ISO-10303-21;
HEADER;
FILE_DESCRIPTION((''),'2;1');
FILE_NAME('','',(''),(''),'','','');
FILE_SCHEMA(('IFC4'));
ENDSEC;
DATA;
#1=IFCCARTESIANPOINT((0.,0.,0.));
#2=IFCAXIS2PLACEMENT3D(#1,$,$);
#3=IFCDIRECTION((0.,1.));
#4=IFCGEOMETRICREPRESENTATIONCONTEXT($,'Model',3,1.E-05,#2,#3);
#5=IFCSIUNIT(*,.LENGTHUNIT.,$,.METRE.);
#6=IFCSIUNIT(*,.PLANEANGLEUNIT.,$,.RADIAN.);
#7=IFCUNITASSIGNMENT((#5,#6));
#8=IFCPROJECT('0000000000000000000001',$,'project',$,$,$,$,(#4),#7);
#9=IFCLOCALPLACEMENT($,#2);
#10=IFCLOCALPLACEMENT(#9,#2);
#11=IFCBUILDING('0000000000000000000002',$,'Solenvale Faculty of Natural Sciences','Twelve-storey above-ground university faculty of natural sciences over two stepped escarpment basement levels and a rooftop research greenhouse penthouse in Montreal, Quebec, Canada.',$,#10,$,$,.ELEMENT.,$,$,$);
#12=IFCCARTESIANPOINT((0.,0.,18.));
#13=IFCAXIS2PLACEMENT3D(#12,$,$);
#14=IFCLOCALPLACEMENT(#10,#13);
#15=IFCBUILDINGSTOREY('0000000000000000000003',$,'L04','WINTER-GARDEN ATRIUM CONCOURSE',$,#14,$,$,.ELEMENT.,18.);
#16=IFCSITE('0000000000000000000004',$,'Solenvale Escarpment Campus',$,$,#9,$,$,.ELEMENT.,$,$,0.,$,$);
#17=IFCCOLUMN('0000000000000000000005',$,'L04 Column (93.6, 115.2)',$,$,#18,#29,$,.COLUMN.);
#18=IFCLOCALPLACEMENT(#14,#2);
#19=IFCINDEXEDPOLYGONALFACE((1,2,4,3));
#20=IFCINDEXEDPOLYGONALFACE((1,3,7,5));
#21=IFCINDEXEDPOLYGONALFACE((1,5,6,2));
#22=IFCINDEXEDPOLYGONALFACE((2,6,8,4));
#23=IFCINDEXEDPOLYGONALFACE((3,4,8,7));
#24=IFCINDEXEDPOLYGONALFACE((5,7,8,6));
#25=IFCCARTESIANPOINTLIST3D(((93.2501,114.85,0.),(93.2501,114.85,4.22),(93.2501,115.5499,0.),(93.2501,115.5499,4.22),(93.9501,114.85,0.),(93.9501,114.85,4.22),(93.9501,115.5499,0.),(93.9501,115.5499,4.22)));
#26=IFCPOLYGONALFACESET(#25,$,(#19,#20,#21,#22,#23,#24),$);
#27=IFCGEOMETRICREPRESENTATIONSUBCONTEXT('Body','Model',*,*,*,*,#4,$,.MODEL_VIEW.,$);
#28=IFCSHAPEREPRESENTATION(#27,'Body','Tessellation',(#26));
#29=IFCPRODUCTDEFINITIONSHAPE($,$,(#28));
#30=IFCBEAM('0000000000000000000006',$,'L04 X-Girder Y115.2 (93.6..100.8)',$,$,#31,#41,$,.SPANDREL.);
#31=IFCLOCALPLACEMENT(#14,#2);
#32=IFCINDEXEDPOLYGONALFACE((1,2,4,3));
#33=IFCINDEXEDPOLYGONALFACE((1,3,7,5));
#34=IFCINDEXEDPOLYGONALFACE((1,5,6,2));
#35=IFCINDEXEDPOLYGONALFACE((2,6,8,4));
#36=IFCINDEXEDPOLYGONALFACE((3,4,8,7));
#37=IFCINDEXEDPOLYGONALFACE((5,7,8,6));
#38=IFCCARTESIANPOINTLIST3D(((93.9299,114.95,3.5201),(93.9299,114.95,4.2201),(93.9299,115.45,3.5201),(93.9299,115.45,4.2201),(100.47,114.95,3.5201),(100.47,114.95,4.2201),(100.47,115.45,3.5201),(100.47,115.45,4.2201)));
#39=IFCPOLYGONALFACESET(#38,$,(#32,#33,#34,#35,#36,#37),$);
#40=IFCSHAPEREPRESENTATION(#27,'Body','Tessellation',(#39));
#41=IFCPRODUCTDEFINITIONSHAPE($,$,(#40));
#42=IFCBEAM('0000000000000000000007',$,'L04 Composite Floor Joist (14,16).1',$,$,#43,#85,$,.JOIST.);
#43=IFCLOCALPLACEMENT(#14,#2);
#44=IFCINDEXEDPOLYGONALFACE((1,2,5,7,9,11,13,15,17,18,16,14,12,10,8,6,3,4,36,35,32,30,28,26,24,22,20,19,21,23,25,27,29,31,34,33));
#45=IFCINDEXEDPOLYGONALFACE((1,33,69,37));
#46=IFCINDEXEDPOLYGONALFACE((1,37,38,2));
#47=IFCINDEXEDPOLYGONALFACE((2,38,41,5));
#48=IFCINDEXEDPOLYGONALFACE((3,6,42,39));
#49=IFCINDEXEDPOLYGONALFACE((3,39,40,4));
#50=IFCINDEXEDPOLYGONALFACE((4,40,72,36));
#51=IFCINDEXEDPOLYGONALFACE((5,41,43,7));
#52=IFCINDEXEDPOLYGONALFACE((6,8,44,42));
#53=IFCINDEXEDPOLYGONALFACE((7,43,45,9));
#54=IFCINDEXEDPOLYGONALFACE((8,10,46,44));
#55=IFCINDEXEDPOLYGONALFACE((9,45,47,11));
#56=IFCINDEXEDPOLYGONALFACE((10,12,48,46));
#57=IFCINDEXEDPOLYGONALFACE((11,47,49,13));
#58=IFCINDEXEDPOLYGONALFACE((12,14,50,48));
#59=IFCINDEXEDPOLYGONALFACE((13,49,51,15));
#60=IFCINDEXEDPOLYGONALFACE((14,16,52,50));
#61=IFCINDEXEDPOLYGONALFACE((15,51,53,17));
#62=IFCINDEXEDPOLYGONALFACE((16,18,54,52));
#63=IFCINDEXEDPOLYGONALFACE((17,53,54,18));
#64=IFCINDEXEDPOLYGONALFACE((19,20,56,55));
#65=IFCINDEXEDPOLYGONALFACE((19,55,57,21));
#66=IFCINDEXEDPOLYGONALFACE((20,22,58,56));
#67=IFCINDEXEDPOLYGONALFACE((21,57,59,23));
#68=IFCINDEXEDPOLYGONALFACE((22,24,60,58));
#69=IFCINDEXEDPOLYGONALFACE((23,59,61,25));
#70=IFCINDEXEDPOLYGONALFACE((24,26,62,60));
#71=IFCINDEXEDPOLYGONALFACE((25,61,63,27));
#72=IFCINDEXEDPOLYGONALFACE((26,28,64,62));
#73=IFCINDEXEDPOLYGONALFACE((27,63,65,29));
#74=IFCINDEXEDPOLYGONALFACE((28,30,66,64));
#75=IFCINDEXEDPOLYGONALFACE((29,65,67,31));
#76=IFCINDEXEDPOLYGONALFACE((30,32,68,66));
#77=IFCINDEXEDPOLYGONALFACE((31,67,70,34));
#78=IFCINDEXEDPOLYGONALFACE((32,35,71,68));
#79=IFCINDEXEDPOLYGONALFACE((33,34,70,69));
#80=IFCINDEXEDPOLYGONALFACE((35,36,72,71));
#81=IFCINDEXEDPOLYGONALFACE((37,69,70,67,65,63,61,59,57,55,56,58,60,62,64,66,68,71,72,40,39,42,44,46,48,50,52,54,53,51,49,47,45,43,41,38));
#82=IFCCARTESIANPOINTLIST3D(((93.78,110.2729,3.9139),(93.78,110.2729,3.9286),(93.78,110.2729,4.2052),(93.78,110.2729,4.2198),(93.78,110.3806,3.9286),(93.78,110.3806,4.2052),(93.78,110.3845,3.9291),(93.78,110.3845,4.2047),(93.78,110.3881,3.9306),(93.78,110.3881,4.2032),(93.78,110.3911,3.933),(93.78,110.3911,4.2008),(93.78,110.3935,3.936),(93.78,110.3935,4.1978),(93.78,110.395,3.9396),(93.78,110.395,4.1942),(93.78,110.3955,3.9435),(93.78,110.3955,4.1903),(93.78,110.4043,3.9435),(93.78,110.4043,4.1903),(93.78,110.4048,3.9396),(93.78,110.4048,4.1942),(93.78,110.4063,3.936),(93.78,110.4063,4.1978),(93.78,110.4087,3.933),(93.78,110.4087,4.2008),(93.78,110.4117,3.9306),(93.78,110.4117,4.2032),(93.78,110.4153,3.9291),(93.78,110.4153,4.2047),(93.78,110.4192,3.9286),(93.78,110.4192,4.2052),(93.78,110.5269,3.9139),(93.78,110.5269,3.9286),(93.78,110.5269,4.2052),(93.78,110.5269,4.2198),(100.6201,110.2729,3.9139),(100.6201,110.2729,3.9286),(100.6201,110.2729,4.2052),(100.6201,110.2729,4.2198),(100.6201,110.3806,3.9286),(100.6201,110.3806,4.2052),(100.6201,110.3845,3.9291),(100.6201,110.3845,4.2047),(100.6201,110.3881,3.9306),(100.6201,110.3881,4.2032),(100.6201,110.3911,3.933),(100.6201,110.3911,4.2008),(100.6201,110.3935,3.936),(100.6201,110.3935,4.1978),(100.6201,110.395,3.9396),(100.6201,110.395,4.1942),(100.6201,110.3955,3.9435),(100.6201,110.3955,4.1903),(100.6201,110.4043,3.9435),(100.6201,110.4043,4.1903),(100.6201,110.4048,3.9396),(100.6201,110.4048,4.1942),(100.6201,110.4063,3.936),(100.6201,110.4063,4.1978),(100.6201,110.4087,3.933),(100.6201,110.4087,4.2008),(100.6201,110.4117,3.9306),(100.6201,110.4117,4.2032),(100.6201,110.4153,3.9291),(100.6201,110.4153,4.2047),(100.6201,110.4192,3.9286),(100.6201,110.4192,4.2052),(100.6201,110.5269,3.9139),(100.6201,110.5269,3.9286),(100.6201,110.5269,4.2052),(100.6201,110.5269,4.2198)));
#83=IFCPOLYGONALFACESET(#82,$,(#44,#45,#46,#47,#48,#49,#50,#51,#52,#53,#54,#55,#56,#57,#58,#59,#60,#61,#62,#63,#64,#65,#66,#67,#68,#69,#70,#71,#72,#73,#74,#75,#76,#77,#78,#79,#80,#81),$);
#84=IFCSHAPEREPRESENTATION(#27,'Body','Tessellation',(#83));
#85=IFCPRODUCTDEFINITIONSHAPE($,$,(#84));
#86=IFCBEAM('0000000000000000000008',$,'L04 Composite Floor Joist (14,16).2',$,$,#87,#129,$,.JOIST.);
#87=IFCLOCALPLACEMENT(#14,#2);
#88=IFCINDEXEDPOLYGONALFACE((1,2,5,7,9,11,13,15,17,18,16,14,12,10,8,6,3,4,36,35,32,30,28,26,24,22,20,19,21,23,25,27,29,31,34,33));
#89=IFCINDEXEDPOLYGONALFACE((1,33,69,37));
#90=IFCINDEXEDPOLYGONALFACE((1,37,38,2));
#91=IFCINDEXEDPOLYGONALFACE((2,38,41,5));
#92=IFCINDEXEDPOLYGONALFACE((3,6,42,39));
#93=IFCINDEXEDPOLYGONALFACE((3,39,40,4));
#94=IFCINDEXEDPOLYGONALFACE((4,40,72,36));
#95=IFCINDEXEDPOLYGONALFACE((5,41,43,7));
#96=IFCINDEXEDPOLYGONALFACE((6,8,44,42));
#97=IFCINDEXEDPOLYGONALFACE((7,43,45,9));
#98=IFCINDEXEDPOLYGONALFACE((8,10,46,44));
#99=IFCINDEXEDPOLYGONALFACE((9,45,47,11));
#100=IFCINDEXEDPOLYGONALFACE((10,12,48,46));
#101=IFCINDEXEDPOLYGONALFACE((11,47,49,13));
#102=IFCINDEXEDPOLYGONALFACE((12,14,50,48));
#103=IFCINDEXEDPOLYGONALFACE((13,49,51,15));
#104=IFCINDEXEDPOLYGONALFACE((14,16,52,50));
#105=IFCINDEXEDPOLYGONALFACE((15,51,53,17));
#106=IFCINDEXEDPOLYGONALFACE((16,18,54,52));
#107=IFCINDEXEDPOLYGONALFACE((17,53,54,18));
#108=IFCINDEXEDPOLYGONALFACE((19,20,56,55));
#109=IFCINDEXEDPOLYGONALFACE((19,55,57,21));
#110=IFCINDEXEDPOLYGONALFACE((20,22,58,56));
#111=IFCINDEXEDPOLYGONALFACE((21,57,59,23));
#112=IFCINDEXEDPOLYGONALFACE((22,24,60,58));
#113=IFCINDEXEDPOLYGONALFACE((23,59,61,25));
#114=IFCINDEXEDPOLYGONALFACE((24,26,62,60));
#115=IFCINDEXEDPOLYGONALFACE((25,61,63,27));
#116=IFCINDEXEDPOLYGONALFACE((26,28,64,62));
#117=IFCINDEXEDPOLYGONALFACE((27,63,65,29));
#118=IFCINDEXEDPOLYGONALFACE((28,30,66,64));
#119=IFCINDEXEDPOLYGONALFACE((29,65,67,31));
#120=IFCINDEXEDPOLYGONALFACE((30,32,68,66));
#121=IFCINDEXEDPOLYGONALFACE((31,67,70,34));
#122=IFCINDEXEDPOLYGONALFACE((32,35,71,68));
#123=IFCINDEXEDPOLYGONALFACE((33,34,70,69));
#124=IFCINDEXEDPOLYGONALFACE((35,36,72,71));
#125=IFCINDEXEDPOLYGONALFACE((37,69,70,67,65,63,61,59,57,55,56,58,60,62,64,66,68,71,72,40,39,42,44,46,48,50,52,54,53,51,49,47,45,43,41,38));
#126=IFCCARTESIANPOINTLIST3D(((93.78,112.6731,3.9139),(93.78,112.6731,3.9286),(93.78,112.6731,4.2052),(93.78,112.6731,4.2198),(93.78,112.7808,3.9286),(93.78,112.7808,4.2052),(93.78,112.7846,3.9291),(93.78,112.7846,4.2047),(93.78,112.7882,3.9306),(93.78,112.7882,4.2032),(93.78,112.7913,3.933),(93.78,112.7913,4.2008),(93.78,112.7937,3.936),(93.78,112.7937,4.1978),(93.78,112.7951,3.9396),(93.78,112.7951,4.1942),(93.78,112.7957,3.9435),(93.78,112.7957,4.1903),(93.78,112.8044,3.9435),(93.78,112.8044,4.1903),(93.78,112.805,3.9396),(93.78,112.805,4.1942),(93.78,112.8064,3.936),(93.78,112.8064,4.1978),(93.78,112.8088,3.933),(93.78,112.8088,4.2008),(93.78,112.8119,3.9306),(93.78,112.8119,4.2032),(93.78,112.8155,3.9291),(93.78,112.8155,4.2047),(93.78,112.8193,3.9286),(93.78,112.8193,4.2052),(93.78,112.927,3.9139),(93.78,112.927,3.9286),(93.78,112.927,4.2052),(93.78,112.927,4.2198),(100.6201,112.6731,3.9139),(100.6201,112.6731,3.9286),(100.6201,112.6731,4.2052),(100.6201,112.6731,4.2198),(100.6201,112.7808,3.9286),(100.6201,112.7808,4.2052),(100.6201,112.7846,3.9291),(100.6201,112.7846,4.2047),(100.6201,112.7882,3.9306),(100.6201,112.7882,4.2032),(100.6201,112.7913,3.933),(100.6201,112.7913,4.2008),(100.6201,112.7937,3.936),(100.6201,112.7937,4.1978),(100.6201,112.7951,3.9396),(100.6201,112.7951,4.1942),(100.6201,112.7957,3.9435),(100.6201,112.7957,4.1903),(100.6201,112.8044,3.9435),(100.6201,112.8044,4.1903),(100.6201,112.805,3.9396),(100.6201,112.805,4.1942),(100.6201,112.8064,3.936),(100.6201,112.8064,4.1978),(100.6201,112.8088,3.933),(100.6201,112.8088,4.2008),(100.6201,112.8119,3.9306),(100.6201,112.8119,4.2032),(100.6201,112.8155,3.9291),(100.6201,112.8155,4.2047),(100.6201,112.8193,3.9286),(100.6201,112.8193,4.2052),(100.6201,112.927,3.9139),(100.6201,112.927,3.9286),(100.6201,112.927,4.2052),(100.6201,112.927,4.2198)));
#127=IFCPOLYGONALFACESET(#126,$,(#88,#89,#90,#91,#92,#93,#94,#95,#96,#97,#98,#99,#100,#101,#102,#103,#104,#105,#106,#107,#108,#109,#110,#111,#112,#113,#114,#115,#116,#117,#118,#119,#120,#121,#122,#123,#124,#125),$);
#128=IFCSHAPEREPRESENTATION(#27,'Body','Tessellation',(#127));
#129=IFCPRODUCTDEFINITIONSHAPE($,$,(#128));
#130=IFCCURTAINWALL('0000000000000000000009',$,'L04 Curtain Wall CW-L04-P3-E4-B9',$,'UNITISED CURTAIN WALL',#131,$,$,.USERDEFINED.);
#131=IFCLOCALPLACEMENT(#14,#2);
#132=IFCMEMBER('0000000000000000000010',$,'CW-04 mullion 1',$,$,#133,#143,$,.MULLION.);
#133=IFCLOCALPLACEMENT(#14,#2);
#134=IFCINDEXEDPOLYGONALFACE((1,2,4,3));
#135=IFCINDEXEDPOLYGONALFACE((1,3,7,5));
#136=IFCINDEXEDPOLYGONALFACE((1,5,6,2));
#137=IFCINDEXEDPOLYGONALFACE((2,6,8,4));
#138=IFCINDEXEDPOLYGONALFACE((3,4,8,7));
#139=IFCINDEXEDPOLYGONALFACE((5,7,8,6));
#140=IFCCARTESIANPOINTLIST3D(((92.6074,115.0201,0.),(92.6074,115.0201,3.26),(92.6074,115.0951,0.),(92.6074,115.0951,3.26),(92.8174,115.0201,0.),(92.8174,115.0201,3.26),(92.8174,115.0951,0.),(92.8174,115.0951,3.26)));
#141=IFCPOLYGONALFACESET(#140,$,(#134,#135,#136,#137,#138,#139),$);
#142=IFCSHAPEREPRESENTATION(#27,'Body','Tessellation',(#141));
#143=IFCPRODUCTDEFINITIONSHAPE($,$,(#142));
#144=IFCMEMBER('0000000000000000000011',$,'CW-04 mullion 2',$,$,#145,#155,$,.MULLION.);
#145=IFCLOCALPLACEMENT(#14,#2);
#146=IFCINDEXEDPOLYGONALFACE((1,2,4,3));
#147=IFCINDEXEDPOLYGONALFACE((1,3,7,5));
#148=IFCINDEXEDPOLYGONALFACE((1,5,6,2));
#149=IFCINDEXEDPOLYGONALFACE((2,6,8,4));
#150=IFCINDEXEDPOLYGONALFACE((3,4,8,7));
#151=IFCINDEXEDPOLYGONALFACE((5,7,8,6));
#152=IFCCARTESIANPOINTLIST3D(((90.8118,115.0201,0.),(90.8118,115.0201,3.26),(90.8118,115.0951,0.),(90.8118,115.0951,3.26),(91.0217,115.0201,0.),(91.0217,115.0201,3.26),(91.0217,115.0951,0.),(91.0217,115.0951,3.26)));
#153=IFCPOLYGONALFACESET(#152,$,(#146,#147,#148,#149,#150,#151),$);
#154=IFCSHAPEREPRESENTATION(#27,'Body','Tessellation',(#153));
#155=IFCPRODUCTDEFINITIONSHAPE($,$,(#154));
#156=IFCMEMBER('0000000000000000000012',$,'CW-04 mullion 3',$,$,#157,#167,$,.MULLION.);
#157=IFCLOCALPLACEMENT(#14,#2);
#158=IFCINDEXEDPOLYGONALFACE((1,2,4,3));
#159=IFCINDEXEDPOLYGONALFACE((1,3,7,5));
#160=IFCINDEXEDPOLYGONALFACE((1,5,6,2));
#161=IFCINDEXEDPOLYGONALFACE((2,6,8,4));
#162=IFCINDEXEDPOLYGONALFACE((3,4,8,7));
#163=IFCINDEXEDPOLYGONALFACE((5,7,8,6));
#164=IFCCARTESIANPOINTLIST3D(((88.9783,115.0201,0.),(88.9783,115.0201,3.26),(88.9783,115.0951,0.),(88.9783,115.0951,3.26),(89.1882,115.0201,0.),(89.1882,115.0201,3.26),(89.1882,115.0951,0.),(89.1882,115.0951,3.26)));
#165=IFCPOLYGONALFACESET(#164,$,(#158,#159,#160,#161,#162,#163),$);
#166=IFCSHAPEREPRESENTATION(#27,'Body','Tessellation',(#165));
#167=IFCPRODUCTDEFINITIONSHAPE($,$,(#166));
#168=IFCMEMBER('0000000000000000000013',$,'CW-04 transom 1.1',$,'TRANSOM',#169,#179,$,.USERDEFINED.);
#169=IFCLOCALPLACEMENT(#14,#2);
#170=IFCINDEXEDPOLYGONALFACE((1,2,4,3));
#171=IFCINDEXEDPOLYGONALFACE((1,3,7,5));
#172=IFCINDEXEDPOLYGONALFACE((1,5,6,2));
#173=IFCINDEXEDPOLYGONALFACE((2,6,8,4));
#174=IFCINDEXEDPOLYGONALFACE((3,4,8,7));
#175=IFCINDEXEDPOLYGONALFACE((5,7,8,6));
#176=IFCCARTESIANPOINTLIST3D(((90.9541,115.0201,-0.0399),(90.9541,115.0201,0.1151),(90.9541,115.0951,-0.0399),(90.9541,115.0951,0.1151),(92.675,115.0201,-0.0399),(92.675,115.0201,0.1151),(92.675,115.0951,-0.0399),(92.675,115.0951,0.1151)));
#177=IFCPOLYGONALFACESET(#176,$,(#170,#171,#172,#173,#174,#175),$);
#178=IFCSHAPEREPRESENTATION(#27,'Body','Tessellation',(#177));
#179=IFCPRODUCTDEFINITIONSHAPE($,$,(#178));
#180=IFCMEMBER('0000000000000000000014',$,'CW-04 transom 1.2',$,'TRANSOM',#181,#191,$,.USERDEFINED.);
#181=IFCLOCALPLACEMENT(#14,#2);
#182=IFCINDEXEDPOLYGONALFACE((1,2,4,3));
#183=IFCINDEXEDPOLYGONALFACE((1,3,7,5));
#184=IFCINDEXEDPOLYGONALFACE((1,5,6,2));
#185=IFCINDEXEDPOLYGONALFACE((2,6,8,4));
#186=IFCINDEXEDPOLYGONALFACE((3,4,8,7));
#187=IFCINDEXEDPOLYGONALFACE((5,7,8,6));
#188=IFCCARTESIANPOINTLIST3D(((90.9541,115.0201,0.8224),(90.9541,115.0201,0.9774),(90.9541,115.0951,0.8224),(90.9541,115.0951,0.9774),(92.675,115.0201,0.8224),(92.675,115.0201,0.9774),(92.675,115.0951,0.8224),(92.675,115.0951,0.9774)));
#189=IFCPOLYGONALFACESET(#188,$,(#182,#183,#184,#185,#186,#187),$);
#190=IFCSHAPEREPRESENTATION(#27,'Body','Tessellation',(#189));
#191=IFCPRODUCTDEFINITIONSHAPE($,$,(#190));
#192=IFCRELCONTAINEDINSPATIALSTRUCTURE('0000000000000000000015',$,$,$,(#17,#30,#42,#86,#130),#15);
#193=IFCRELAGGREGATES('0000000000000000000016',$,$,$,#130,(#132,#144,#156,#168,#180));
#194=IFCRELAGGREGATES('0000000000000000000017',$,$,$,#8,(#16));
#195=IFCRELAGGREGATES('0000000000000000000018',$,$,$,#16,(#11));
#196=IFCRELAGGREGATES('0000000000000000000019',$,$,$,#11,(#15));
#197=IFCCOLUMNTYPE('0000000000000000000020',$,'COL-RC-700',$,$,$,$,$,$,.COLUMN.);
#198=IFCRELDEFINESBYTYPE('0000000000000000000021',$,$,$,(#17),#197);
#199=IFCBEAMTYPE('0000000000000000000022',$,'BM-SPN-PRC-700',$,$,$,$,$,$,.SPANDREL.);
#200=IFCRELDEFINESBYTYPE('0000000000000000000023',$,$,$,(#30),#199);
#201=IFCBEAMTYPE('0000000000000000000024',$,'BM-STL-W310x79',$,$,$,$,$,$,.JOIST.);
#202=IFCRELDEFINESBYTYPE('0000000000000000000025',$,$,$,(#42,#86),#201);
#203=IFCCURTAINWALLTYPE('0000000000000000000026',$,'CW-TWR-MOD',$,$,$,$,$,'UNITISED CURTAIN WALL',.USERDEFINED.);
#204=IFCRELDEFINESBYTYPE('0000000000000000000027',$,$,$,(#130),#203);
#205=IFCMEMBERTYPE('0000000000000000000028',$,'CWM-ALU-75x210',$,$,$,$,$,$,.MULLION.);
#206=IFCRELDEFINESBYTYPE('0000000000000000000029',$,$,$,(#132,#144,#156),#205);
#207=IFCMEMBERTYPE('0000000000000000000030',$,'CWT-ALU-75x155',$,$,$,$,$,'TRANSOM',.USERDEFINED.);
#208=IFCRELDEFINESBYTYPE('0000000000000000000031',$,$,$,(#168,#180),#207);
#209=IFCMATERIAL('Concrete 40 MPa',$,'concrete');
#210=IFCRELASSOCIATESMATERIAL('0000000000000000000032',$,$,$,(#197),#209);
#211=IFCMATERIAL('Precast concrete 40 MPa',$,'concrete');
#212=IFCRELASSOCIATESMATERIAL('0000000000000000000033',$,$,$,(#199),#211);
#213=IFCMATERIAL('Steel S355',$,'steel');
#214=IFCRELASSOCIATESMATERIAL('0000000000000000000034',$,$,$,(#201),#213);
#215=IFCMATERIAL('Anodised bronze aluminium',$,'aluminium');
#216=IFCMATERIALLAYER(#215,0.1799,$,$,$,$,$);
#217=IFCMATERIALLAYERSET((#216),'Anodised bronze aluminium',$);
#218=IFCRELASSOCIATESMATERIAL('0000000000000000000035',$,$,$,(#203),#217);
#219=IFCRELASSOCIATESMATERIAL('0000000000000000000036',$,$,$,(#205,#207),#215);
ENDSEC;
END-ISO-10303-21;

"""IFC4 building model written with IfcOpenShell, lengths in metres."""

from ifc_helpers import new_model, si_unit, direction, frame, origin, origin_2d, place, context, subcontext, project, spatial, rectangle, i_section, extrude, material, layer, layer_set, material_profile, profile_set, type_object, element, aggregate, save


model = new_model("IFC4")

# Units and contexts
model_context = context("Model", 3, precision=1e-05, world=origin(), true_north=direction((0.0, 1.0)))
body_context = subcontext(model_context, "Body", "Model", "MODEL_VIEW")
ifc_project = project(units=[si_unit("LENGTHUNIT", "METRE"), si_unit("PLANEANGLEUNIT", "RADIAN")], contexts=[model_context])

# Site, building, storey
site_placement = place(None, origin())
site = spatial("IfcSite", under=ifc_project, at=site_placement, Name="Solenvale Escarpment Campus", CompositionType="ELEMENT", RefElevation=0.0)
building_placement = place(site_placement, origin())
building = spatial("IfcBuilding", under=site, at=building_placement, Name="Solenvale Faculty of Natural Sciences", Description="Twelve-storey above-ground university faculty of natural sciences over two stepped escarpment basement levels and a rooftop research greenhouse penthouse in Montreal, Quebec, Canada.", CompositionType="ELEMENT")
storey_placement = place(building_placement, frame((0.0, 0.0, 18.0)))
storey = spatial("IfcBuildingStorey", under=building, at=storey_placement, Name="L04", Description="WINTER-GARDEN ATRIUM CONCOURSE", CompositionType="ELEMENT", Elevation=18.0)

# Column
ifc_material_1 = material(Name="Concrete 40 MPa", Category="concrete")
ifc_material_profile_1 = material_profile(ifc_material_1, rectangle(XDim=0.7, YDim=0.7, at=origin_2d()), Name="RC-COL-700x700")
ifc_profile_set_1 = profile_set([ifc_material_profile_1], Name="Concrete 40 MPa")
column_type = type_object("IfcColumnType", Name="COL-RC-700", PredefinedType="COLUMN", material=ifc_profile_set_1)
column_placement = place(storey_placement, frame((93.6001, 115.2, 0.0), z_axis=(0.0, 0.0, 1.0), x_axis=(1.0, 0.0, 0.0)))
element("IfcColumn", 1, at=column_placement, inside=storey, type_object=column_type, Name="L04 Column (93.6, 115.2)", PredefinedType="COLUMN", context=body_context, shape_type="SweptSolid", body=[
    extrude(rectangle(XDim=0.7, YDim=0.7, at=origin_2d()), origin(), (0.0, 0.0, 1.0), 4.22),
])

# Beams
ifc_material_2 = material(Name="Precast concrete 40 MPa", Category="concrete")
ifc_material_profile_2 = material_profile(ifc_material_2, rectangle(XDim=0.5, YDim=0.7, at=origin_2d()), Name="RC-BM-500x700")
ifc_profile_set_2 = profile_set([ifc_material_profile_2], Name="Precast concrete 40 MPa")
beam_type_1 = type_object("IfcBeamType", Name="BM-SPN-PRC-700", PredefinedType="SPANDREL", material=ifc_profile_set_2)
beam_placement = place(storey_placement, frame((93.9299, 115.2, 3.8701), z_axis=(1.0, 0.0, 0.0), x_axis=(0.0, 1.0, 0.0)))
element("IfcBeam", 2, at=beam_placement, inside=storey, type_object=beam_type_1, Name="L04 X-Girder Y115.2 (93.6..100.8)", PredefinedType="SPANDREL", context=body_context, shape_type="SweptSolid", body=[
    extrude(rectangle(XDim=0.5, YDim=0.7, at=origin_2d()), origin(), (0.0, 0.0, 1.0), 6.54),
])
ifc_material_3 = material(Name="Steel S355", Category="steel")
ifc_material_profile_3 = material_profile(ifc_material_3, i_section(OverallWidth=0.2539, OverallDepth=0.3059, WebThickness=0.0088, FlangeThickness=0.0146, FilletRadius=0.0149, at=origin_2d()), Name="W310x79")
ifc_profile_set_3 = profile_set([ifc_material_profile_3], Name="Steel S355")
beam_type_2 = type_object("IfcBeamType", Name="BM-STL-W310x79", PredefinedType="JOIST", material=ifc_profile_set_3)
for number, where, z_axis, x_axis, name in (
    (3, (93.78, 110.3999, 4.0669), (1.0, 0.0, 0.0), (0.0, 1.0, 0.0), "L04 Composite Floor Joist (14,16).1"),
    (4, (93.78, 112.8, 4.0669), (1.0, 0.0, 0.0), (0.0, 1.0, 0.0), "L04 Composite Floor Joist (14,16).2"),
):
    element("IfcBeam", number, at=place(storey_placement, frame(where, z_axis=z_axis, x_axis=x_axis)), inside=storey, type_object=beam_type_2, Name=name, PredefinedType="JOIST", context=body_context, shape_type="SweptSolid", body=[
        extrude(i_section(OverallWidth=0.2539, OverallDepth=0.3059, WebThickness=0.0088, FlangeThickness=0.0146, FilletRadius=0.0149, at=origin_2d()), origin(), (0.0, 0.0, 1.0), 6.8401),
    ])

# Curtain wall, members
ifc_material_4 = material(Name="Anodised bronze aluminium", Category="aluminium")
ifc_layer_1 = layer(ifc_material_4, 0.1799)
ifc_layer_set_1 = layer_set([ifc_layer_1], Name="Anodised bronze aluminium")
curtain_wall_type = type_object("IfcCurtainWallType", Name="CW-TWR-MOD", ElementType="UNITISED CURTAIN WALL", PredefinedType="USERDEFINED", material=ifc_layer_set_1)
curtain_wall_placement = place(storey_placement, origin())
curtain_wall = element("IfcCurtainWall", 5, at=curtain_wall_placement, inside=storey, type_object=curtain_wall_type, Name="L04 Curtain Wall CW-L04-P3-E4-B9", ObjectType="UNITISED CURTAIN WALL", PredefinedType="USERDEFINED")
ifc_material_profile_4 = material_profile(ifc_material_4, rectangle(XDim=0.075, YDim=0.21, at=origin_2d()), Name="ALU-MUL-75x210")
ifc_profile_set_4 = profile_set([ifc_material_profile_4], Name="Anodised bronze aluminium")
member_type_1 = type_object("IfcMemberType", Name="CWM-ALU-75x210", PredefinedType="MULLION", material=ifc_profile_set_4)
member_1_placement = place(storey_placement, frame((92.7124, 115.0576, 0.0), z_axis=(0.0, 0.0, 1.0), x_axis=(0.0, -1.0, 0.0)))
member_1 = element("IfcMember", 6, at=member_1_placement, type_object=member_type_1, Name="CW-04 mullion 1", PredefinedType="MULLION", context=body_context, shape_type="SweptSolid", body=[
    extrude(rectangle(XDim=0.075, YDim=0.21, at=origin_2d()), origin(), (0.0, 0.0, 1.0), 3.26),
])
member_2_placement = place(storey_placement, frame((90.9167, 115.0576, 0.0), z_axis=(0.0, 0.0, 1.0), x_axis=(0.0, -1.0, 0.0)))
member_2 = element("IfcMember", 7, at=member_2_placement, type_object=member_type_1, Name="CW-04 mullion 2", PredefinedType="MULLION", context=body_context, shape_type="SweptSolid", body=[
    extrude(rectangle(XDim=0.075, YDim=0.21, at=origin_2d()), origin(), (0.0, 0.0, 1.0), 3.26),
])
member_3_placement = place(storey_placement, frame((89.0833, 115.0576, 0.0), z_axis=(0.0, 0.0, 1.0), x_axis=(0.0, -1.0, 0.0)))
member_3 = element("IfcMember", 8, at=member_3_placement, type_object=member_type_1, Name="CW-04 mullion 3", PredefinedType="MULLION", context=body_context, shape_type="SweptSolid", body=[
    extrude(rectangle(XDim=0.075, YDim=0.21, at=origin_2d()), origin(), (0.0, 0.0, 1.0), 3.26),
])
ifc_material_profile_5 = material_profile(ifc_material_4, rectangle(XDim=0.075, YDim=0.155, at=origin_2d()), Name="ALU-TRN-75x155")
ifc_profile_set_5 = profile_set([ifc_material_profile_5], Name="Anodised bronze aluminium")
member_type_2 = type_object("IfcMemberType", Name="CWT-ALU-75x155", ElementType="TRANSOM", PredefinedType="USERDEFINED", material=ifc_profile_set_5)
member_4_placement = place(storey_placement, frame((92.675, 115.0576, 0.0376), z_axis=(-1.0, 0.0, 0.0), x_axis=(0.0, -1.0, 0.0)))
member_4 = element("IfcMember", 9, at=member_4_placement, type_object=member_type_2, Name="CW-04 transom 1.1", ObjectType="TRANSOM", PredefinedType="USERDEFINED", context=body_context, shape_type="SweptSolid", body=[
    extrude(rectangle(XDim=0.075, YDim=0.155, at=origin_2d()), origin(), (0.0, 0.0, 1.0), 1.7209),
])
member_5_placement = place(storey_placement, frame((92.675, 115.0576, 0.8999), z_axis=(-1.0, 0.0, 0.0), x_axis=(0.0, -1.0, 0.0)))
member_5 = element("IfcMember", 10, at=member_5_placement, type_object=member_type_2, Name="CW-04 transom 1.2", ObjectType="TRANSOM", PredefinedType="USERDEFINED", context=body_context, shape_type="SweptSolid", body=[
    extrude(rectangle(XDim=0.075, YDim=0.155, at=origin_2d()), origin(), (0.0, 0.0, 1.0), 1.7209),
])
aggregate(curtain_wall, [member_1, member_2, member_3, member_4, member_5])

save(model, "model.ifc")
